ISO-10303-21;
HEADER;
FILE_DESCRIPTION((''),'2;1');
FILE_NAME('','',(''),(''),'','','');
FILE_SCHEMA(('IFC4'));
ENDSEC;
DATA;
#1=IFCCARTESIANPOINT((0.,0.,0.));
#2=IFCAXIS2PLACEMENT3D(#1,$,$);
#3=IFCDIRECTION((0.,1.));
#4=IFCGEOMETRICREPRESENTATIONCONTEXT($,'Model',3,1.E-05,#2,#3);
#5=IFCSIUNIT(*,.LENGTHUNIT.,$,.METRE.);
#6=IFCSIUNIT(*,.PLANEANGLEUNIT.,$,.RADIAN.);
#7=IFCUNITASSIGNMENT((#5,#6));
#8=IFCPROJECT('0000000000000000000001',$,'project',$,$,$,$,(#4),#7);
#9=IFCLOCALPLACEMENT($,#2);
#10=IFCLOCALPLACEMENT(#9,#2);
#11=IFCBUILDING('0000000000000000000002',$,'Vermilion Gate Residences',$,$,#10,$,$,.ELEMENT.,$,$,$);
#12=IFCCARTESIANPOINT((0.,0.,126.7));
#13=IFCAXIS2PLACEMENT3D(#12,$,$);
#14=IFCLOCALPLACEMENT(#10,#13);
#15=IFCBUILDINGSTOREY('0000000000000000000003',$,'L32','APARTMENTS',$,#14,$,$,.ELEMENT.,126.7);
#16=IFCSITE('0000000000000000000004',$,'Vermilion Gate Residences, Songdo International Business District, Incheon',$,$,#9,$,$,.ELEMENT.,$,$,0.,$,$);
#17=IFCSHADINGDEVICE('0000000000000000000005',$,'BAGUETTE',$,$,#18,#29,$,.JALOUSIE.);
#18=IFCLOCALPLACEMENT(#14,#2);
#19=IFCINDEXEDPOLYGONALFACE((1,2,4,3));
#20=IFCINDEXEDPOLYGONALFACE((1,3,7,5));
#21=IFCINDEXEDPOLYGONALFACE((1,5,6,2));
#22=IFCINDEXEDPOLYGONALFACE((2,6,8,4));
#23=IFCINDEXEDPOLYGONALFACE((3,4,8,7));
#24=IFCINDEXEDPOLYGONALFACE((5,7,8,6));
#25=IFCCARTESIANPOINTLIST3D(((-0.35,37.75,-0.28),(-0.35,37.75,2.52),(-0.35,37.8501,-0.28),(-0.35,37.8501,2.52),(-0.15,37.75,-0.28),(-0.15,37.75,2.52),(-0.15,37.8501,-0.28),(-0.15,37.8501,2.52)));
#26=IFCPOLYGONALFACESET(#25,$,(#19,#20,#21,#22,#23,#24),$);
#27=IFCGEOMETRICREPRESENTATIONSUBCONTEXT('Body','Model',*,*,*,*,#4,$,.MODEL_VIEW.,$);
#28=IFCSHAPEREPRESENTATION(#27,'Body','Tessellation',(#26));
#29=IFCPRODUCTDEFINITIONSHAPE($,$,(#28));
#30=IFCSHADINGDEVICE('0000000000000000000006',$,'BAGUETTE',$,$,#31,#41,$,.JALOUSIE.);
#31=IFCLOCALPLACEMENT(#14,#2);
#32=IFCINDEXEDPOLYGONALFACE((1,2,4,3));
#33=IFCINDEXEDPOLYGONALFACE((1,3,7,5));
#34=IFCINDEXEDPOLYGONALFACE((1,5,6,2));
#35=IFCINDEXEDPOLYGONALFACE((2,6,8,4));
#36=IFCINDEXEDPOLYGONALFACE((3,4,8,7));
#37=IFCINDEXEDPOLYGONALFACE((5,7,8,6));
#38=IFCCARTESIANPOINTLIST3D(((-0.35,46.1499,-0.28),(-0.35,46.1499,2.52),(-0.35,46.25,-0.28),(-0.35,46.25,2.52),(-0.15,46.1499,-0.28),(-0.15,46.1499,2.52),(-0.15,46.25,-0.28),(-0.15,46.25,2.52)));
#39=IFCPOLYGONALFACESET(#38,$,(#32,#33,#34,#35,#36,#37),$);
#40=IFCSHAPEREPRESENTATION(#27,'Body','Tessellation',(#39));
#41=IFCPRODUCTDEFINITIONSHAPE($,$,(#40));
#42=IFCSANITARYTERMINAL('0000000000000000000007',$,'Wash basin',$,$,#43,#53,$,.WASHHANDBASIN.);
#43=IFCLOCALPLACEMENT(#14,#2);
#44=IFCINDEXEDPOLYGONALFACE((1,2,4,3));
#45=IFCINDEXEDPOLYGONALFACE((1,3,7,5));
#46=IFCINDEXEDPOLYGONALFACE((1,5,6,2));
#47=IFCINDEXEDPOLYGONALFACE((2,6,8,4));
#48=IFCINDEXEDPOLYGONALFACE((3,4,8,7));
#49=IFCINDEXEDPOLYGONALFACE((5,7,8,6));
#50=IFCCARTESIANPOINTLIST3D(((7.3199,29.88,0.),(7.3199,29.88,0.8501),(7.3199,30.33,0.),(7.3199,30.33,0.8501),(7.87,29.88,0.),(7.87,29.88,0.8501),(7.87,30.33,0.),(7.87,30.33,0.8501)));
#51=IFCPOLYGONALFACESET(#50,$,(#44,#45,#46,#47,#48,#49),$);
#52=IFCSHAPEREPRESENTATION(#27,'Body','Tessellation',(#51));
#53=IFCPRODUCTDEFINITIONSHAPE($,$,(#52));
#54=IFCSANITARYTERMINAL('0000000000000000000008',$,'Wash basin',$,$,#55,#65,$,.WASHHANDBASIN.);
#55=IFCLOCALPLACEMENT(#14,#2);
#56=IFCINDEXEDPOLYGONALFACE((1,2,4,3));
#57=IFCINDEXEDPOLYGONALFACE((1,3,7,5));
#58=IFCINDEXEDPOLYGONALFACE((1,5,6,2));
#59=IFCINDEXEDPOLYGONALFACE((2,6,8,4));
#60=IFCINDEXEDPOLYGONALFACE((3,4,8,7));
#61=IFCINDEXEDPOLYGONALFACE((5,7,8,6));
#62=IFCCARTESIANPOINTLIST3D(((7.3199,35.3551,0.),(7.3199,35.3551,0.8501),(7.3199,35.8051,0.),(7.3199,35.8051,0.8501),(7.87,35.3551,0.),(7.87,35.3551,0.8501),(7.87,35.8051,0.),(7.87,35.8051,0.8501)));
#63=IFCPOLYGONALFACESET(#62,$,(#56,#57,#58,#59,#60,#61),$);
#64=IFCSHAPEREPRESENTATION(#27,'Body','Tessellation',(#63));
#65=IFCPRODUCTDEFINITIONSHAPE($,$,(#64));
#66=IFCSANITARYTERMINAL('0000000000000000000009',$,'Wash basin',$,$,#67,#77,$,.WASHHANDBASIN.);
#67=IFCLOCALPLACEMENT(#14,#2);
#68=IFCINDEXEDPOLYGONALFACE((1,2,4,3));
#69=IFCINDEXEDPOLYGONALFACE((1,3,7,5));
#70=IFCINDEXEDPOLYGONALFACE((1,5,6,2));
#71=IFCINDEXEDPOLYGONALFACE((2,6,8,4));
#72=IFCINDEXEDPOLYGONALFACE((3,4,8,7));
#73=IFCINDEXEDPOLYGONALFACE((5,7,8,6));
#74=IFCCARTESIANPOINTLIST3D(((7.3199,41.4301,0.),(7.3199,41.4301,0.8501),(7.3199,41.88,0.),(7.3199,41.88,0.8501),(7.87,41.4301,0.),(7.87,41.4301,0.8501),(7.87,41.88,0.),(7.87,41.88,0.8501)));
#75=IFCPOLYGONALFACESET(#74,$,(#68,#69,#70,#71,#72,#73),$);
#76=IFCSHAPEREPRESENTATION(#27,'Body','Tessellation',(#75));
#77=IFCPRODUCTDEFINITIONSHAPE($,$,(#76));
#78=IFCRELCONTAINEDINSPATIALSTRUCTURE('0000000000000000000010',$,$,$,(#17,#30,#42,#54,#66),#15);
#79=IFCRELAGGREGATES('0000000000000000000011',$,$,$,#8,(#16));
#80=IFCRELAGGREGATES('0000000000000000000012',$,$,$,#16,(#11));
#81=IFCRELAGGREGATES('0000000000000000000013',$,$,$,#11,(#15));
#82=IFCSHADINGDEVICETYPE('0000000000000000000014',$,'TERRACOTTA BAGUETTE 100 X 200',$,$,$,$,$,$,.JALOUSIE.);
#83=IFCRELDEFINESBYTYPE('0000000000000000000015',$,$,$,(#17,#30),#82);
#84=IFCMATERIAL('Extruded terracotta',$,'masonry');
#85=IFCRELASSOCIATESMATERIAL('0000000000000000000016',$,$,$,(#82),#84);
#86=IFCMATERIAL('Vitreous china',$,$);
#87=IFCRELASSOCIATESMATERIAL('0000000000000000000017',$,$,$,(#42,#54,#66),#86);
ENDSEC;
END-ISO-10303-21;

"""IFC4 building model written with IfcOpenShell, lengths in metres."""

from ifc_helpers import new_model, si_unit, direction, frame, origin, origin_2d, place, context, subcontext, project, spatial, rectangle, extrude, material, material_profile, profile_set, type_object, element, save


model = new_model("IFC4")

# Units and contexts
model_context = context("Model", 3, precision=1e-05, world=origin(), true_north=direction((0.0, 1.0)))
body_context = subcontext(model_context, "Body", "Model", "MODEL_VIEW")
ifc_project = project(units=[si_unit("LENGTHUNIT", "METRE"), si_unit("PLANEANGLEUNIT", "RADIAN")], contexts=[model_context])

# Site, building, storey
site_placement = place(None, origin())
site = spatial("IfcSite", under=ifc_project, at=site_placement, Name="Vermilion Gate Residences, Songdo International Business District, Incheon", CompositionType="ELEMENT", RefElevation=0.0)
building_placement = place(site_placement, origin())
building = spatial("IfcBuilding", under=site, at=building_placement, Name="Vermilion Gate Residences", CompositionType="ELEMENT")
storey_placement = place(building_placement, frame((0.0, 0.0, 126.7)))
storey = spatial("IfcBuildingStorey", under=building, at=storey_placement, Name="L32", Description="APARTMENTS", CompositionType="ELEMENT", Elevation=126.7)

# Shading devices
ifc_material_1 = material(Name="Extruded terracotta", Category="masonry")
ifc_material_profile_1 = material_profile(ifc_material_1, rectangle(XDim=0.2, YDim=0.1001, at=origin_2d()), Name="BAGUETTE 100 X 200")
ifc_profile_set_1 = profile_set([ifc_material_profile_1], Name="Extruded terracotta")
shading_device_type = type_object("IfcShadingDeviceType", Name="TERRACOTTA BAGUETTE 100 X 200", PredefinedType="JALOUSIE", material=ifc_profile_set_1)
for number, where, z_axis, x_axis, name in (
    (1, (-0.25, 37.8, -0.28), (0.0, 0.0, 1.0), (1.0, 0.0, 0.0), "BAGUETTE"),
    (2, (-0.25, 46.2, -0.28), (0.0, 0.0, 1.0), (1.0, 0.0, 0.0), "BAGUETTE"),
):
    element("IfcShadingDevice", number, at=place(storey_placement, frame(where, z_axis=z_axis, x_axis=x_axis)), inside=storey, type_object=shading_device_type, Name=name, PredefinedType="JALOUSIE", context=body_context, shape_type="SweptSolid", body=[
        extrude(rectangle(XDim=0.2, YDim=0.1001, at=origin_2d()), origin(), (0.0, 0.0, 1.0), 2.8),
    ])

# Sanitary terminals
ifc_material_2 = material(Name="Vitreous china")
for number, where, z_axis, x_axis, name in (
    (3, (7.595, 30.105, 0.0), (0.0, 0.0, 1.0), (1.0, 0.0, 0.0), "Wash basin"),
    (4, (7.595, 35.5801, 0.0), (0.0, 0.0, 1.0), (1.0, 0.0, 0.0), "Wash basin"),
    (5, (7.595, 41.655, 0.0), (0.0, 0.0, 1.0), (1.0, 0.0, 0.0), "Wash basin"),
):
    element("IfcSanitaryTerminal", number, at=place(storey_placement, frame(where, z_axis=z_axis, x_axis=x_axis)), inside=storey, material=ifc_material_2, Name=name, PredefinedType="WASHHANDBASIN", context=body_context, shape_type="SweptSolid", body=[
        extrude(rectangle(XDim=0.55, YDim=0.45, at=origin_2d()), origin(), (0.0, 0.0, 1.0), 0.8501),
    ])

save(model, "model.ifc")
